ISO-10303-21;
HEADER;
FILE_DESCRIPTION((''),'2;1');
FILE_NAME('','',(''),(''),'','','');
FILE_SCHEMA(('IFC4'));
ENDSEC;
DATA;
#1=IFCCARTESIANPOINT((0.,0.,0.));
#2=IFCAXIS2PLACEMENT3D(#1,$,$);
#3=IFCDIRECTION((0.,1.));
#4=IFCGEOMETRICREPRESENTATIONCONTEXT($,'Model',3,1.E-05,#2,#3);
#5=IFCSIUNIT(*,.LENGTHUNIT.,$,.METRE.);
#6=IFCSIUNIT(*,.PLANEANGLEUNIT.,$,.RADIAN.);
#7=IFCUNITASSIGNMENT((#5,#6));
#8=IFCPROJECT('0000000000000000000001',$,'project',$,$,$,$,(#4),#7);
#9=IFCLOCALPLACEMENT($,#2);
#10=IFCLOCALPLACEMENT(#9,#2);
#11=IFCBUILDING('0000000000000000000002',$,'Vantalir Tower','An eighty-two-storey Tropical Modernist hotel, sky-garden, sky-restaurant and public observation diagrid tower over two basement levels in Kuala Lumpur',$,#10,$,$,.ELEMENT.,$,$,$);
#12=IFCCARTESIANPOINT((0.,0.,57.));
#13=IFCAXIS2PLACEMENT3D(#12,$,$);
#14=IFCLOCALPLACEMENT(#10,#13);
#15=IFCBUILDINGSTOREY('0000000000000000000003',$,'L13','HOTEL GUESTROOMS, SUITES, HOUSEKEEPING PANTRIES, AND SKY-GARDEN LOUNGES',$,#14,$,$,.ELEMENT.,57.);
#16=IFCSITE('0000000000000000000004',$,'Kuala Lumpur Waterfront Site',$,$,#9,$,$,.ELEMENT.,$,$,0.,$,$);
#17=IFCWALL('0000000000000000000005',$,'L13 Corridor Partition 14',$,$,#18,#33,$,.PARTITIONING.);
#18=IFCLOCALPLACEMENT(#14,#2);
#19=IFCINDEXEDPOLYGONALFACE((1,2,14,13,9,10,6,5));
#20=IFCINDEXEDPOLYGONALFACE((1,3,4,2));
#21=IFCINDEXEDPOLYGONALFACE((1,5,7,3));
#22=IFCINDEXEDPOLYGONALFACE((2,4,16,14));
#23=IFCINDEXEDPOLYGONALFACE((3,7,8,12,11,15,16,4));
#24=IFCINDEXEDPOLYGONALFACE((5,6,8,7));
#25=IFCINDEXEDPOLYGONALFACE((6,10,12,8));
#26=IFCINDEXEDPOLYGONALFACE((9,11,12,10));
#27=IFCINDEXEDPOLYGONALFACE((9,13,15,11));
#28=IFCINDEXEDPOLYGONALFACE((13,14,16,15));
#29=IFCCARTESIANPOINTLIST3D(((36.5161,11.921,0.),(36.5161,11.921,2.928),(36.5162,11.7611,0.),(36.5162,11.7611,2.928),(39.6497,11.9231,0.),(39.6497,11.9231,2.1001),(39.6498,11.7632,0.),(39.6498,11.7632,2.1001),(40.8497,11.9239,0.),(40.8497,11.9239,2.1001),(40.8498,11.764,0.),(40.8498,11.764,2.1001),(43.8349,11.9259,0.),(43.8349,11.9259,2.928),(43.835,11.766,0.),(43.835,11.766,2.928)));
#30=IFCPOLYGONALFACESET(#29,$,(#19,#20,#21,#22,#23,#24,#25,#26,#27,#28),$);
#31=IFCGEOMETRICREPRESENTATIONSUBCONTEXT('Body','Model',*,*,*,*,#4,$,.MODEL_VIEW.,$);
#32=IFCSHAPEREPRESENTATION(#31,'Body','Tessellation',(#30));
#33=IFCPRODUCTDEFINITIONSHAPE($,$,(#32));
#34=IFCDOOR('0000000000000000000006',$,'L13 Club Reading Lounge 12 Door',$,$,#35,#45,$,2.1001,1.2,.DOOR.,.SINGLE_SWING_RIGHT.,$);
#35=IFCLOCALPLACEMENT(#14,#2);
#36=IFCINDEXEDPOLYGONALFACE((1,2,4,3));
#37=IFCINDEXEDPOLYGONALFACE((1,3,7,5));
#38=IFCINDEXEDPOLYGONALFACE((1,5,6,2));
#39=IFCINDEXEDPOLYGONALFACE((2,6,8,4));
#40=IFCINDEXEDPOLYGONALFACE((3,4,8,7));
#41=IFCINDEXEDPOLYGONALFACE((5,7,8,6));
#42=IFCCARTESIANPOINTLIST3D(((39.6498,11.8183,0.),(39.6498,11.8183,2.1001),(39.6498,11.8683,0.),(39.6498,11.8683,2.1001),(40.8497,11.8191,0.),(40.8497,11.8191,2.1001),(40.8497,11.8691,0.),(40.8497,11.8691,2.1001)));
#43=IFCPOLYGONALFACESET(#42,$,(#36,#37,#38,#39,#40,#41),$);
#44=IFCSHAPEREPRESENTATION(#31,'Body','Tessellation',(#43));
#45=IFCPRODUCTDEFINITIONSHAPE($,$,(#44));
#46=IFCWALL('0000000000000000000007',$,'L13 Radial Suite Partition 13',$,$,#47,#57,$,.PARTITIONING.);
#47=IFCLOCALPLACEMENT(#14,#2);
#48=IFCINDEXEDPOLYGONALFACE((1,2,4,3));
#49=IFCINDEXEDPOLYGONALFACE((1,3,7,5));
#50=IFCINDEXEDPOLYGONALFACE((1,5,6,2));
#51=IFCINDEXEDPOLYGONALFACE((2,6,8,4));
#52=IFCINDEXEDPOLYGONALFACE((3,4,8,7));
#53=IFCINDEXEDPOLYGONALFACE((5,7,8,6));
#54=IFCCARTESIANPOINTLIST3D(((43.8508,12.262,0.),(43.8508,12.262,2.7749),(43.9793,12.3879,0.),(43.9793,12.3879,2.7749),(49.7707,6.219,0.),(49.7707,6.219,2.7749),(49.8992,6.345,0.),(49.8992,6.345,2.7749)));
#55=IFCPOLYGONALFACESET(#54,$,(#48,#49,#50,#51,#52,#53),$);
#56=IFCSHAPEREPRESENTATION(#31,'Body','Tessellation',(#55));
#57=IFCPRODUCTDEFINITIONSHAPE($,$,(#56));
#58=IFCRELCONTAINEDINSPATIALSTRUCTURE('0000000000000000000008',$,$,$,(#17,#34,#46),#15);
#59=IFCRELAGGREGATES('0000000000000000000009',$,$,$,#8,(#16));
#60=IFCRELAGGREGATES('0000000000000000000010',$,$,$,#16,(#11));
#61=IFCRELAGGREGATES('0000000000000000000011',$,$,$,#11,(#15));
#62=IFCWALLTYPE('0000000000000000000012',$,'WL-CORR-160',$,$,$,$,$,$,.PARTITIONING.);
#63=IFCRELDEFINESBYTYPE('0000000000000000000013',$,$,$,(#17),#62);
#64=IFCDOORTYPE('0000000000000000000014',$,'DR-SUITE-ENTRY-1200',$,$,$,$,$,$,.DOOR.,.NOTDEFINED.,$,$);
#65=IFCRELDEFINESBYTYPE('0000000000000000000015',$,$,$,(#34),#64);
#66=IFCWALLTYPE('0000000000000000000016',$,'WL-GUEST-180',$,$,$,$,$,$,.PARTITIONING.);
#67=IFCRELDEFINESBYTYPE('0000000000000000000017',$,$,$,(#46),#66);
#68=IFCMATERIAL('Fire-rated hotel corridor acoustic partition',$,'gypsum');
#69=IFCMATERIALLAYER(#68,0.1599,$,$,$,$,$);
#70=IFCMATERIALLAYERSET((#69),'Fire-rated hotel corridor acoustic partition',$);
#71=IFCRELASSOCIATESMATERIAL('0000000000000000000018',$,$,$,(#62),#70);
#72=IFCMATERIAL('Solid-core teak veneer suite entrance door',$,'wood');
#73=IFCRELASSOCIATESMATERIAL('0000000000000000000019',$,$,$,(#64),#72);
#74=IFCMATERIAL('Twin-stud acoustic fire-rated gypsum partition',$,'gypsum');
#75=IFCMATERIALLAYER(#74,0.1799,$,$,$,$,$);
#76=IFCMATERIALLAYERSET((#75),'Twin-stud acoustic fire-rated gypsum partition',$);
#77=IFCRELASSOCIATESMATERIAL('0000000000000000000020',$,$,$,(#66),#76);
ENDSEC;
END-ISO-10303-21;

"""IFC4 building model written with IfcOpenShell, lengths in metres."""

from ifc_helpers import new_model, si_unit, direction, frame, frame_2d, origin, place, context, subcontext, project, spatial, rectangle, extrude, material, layer, layer_set, type_object, element, fill, save


model = new_model("IFC4")

# Units and contexts
model_context = context("Model", 3, precision=1e-05, world=origin(), true_north=direction((0.0, 1.0)))
body_context = subcontext(model_context, "Body", "Model", "MODEL_VIEW")
ifc_project = project(units=[si_unit("LENGTHUNIT", "METRE"), si_unit("PLANEANGLEUNIT", "RADIAN")], contexts=[model_context])

# Site, building, storey
site_placement = place(None, origin())
site = spatial("IfcSite", under=ifc_project, at=site_placement, Name="Kuala Lumpur Waterfront Site", CompositionType="ELEMENT", RefElevation=0.0)
building_placement = place(site_placement, origin())
building = spatial("IfcBuilding", under=site, at=building_placement, Name="Vantalir Tower", Description="An eighty-two-storey Tropical Modernist hotel, sky-garden, sky-restaurant and public observation diagrid tower over two basement levels in Kuala Lumpur", CompositionType="ELEMENT")
storey_placement = place(building_placement, frame((0.0, 0.0, 57.0)))
storey = spatial("IfcBuildingStorey", under=building, at=storey_placement, Name="L13", Description="HOTEL GUESTROOMS, SUITES, HOUSEKEEPING PANTRIES, AND SKY-GARDEN LOUNGES", CompositionType="ELEMENT", Elevation=57.0)

# Shared definitions
ifc_material_1 = material(Name="Fire-rated hotel corridor acoustic partition", Category="gypsum")
ifc_layer_1 = layer(ifc_material_1, 0.1599)
ifc_layer_set_1 = layer_set([ifc_layer_1], Name="Fire-rated hotel corridor acoustic partition")
wall_type_1 = type_object("IfcWallType", Name="WL-CORR-160", PredefinedType="PARTITIONING", material=ifc_layer_set_1)

# Wall, opening, door
wall_1_placement = place(storey_placement, frame((43.835, 11.8459, 0.0), z_axis=(0.0, 0.0, 1.0), x_axis=(-1.0, -0.000667, 0.0)))
wall_1 = element("IfcWall", 1, at=wall_1_placement, inside=storey, type_object=wall_type_1, Name="L13 Corridor Partition 14", PredefinedType="PARTITIONING", context=body_context, shape_type="SweptSolid", body=[
    extrude(rectangle(XDim=7.3188, YDim=0.1599, at=frame_2d((3.6594, 0.0))), origin(), (0.0, 0.0, 1.0), 2.928),
])
opening_placement = place(wall_1_placement, frame((2.9851, 0.0, 0.0)))
opening = element("IfcOpeningElement", 2, at=opening_placement, cuts=wall_1, PredefinedType="OPENING", context=body_context, shape_type="SweptSolid", body=[
    extrude(rectangle(XDim=1.2, YDim=2.1001, at=frame_2d((0.6001, 1.05))), frame((0.0, 0.0898, 0.0), z_axis=(0.0, -1.0, 0.0), x_axis=(1.0, 0.0, 0.0)), (0.0, 0.0, 1.0), 0.1799),
])
ifc_material_2 = material(Name="Solid-core teak veneer suite entrance door", Category="wood")
door_type = type_object("IfcDoorType", Name="DR-SUITE-ENTRY-1200", OperationType="NOTDEFINED", PredefinedType="DOOR", material=ifc_material_2)
door_placement = place(opening_placement, origin())
door = element("IfcDoor", 3, at=door_placement, inside=storey, type_object=door_type, Name="L13 Club Reading Lounge 12 Door", OperationType="SINGLE_SWING_RIGHT", OverallHeight=2.1001, OverallWidth=1.2, PredefinedType="DOOR", context=body_context, shape_type="SweptSolid", body=[
    extrude(rectangle(XDim=1.2, YDim=2.1001, at=frame_2d((0.6001, 1.05))), frame((0.0, 0.0249, 0.0), z_axis=(0.0, -1.0, 0.0), x_axis=(1.0, 0.0, 0.0)), (0.0, 0.0, 1.0), 0.05),
])
fill(opening, door)

# Wall
ifc_material_3 = material(Name="Twin-stud acoustic fire-rated gypsum partition", Category="gypsum")
ifc_layer_2 = layer(ifc_material_3, 0.1799)
ifc_layer_set_2 = layer_set([ifc_layer_2], Name="Twin-stud acoustic fire-rated gypsum partition")
wall_type_2 = type_object("IfcWallType", Name="WL-GUEST-180", PredefinedType="PARTITIONING", material=ifc_layer_set_2)
wall_2_placement = place(storey_placement, frame((43.915, 12.325, 0.0), z_axis=(0.0, 0.0, 1.0), x_axis=(0.699797, -0.714342, 0.0)))
element("IfcWall", 4, at=wall_2_placement, inside=storey, type_object=wall_type_2, Name="L13 Radial Suite Partition 13", PredefinedType="PARTITIONING", context=body_context, shape_type="SweptSolid", body=[
    extrude(rectangle(XDim=8.4595, YDim=0.1799, at=frame_2d((4.2297, 0.0))), origin(), (0.0, 0.0, 1.0), 2.7749),
])

save(model, "model.ifc")
